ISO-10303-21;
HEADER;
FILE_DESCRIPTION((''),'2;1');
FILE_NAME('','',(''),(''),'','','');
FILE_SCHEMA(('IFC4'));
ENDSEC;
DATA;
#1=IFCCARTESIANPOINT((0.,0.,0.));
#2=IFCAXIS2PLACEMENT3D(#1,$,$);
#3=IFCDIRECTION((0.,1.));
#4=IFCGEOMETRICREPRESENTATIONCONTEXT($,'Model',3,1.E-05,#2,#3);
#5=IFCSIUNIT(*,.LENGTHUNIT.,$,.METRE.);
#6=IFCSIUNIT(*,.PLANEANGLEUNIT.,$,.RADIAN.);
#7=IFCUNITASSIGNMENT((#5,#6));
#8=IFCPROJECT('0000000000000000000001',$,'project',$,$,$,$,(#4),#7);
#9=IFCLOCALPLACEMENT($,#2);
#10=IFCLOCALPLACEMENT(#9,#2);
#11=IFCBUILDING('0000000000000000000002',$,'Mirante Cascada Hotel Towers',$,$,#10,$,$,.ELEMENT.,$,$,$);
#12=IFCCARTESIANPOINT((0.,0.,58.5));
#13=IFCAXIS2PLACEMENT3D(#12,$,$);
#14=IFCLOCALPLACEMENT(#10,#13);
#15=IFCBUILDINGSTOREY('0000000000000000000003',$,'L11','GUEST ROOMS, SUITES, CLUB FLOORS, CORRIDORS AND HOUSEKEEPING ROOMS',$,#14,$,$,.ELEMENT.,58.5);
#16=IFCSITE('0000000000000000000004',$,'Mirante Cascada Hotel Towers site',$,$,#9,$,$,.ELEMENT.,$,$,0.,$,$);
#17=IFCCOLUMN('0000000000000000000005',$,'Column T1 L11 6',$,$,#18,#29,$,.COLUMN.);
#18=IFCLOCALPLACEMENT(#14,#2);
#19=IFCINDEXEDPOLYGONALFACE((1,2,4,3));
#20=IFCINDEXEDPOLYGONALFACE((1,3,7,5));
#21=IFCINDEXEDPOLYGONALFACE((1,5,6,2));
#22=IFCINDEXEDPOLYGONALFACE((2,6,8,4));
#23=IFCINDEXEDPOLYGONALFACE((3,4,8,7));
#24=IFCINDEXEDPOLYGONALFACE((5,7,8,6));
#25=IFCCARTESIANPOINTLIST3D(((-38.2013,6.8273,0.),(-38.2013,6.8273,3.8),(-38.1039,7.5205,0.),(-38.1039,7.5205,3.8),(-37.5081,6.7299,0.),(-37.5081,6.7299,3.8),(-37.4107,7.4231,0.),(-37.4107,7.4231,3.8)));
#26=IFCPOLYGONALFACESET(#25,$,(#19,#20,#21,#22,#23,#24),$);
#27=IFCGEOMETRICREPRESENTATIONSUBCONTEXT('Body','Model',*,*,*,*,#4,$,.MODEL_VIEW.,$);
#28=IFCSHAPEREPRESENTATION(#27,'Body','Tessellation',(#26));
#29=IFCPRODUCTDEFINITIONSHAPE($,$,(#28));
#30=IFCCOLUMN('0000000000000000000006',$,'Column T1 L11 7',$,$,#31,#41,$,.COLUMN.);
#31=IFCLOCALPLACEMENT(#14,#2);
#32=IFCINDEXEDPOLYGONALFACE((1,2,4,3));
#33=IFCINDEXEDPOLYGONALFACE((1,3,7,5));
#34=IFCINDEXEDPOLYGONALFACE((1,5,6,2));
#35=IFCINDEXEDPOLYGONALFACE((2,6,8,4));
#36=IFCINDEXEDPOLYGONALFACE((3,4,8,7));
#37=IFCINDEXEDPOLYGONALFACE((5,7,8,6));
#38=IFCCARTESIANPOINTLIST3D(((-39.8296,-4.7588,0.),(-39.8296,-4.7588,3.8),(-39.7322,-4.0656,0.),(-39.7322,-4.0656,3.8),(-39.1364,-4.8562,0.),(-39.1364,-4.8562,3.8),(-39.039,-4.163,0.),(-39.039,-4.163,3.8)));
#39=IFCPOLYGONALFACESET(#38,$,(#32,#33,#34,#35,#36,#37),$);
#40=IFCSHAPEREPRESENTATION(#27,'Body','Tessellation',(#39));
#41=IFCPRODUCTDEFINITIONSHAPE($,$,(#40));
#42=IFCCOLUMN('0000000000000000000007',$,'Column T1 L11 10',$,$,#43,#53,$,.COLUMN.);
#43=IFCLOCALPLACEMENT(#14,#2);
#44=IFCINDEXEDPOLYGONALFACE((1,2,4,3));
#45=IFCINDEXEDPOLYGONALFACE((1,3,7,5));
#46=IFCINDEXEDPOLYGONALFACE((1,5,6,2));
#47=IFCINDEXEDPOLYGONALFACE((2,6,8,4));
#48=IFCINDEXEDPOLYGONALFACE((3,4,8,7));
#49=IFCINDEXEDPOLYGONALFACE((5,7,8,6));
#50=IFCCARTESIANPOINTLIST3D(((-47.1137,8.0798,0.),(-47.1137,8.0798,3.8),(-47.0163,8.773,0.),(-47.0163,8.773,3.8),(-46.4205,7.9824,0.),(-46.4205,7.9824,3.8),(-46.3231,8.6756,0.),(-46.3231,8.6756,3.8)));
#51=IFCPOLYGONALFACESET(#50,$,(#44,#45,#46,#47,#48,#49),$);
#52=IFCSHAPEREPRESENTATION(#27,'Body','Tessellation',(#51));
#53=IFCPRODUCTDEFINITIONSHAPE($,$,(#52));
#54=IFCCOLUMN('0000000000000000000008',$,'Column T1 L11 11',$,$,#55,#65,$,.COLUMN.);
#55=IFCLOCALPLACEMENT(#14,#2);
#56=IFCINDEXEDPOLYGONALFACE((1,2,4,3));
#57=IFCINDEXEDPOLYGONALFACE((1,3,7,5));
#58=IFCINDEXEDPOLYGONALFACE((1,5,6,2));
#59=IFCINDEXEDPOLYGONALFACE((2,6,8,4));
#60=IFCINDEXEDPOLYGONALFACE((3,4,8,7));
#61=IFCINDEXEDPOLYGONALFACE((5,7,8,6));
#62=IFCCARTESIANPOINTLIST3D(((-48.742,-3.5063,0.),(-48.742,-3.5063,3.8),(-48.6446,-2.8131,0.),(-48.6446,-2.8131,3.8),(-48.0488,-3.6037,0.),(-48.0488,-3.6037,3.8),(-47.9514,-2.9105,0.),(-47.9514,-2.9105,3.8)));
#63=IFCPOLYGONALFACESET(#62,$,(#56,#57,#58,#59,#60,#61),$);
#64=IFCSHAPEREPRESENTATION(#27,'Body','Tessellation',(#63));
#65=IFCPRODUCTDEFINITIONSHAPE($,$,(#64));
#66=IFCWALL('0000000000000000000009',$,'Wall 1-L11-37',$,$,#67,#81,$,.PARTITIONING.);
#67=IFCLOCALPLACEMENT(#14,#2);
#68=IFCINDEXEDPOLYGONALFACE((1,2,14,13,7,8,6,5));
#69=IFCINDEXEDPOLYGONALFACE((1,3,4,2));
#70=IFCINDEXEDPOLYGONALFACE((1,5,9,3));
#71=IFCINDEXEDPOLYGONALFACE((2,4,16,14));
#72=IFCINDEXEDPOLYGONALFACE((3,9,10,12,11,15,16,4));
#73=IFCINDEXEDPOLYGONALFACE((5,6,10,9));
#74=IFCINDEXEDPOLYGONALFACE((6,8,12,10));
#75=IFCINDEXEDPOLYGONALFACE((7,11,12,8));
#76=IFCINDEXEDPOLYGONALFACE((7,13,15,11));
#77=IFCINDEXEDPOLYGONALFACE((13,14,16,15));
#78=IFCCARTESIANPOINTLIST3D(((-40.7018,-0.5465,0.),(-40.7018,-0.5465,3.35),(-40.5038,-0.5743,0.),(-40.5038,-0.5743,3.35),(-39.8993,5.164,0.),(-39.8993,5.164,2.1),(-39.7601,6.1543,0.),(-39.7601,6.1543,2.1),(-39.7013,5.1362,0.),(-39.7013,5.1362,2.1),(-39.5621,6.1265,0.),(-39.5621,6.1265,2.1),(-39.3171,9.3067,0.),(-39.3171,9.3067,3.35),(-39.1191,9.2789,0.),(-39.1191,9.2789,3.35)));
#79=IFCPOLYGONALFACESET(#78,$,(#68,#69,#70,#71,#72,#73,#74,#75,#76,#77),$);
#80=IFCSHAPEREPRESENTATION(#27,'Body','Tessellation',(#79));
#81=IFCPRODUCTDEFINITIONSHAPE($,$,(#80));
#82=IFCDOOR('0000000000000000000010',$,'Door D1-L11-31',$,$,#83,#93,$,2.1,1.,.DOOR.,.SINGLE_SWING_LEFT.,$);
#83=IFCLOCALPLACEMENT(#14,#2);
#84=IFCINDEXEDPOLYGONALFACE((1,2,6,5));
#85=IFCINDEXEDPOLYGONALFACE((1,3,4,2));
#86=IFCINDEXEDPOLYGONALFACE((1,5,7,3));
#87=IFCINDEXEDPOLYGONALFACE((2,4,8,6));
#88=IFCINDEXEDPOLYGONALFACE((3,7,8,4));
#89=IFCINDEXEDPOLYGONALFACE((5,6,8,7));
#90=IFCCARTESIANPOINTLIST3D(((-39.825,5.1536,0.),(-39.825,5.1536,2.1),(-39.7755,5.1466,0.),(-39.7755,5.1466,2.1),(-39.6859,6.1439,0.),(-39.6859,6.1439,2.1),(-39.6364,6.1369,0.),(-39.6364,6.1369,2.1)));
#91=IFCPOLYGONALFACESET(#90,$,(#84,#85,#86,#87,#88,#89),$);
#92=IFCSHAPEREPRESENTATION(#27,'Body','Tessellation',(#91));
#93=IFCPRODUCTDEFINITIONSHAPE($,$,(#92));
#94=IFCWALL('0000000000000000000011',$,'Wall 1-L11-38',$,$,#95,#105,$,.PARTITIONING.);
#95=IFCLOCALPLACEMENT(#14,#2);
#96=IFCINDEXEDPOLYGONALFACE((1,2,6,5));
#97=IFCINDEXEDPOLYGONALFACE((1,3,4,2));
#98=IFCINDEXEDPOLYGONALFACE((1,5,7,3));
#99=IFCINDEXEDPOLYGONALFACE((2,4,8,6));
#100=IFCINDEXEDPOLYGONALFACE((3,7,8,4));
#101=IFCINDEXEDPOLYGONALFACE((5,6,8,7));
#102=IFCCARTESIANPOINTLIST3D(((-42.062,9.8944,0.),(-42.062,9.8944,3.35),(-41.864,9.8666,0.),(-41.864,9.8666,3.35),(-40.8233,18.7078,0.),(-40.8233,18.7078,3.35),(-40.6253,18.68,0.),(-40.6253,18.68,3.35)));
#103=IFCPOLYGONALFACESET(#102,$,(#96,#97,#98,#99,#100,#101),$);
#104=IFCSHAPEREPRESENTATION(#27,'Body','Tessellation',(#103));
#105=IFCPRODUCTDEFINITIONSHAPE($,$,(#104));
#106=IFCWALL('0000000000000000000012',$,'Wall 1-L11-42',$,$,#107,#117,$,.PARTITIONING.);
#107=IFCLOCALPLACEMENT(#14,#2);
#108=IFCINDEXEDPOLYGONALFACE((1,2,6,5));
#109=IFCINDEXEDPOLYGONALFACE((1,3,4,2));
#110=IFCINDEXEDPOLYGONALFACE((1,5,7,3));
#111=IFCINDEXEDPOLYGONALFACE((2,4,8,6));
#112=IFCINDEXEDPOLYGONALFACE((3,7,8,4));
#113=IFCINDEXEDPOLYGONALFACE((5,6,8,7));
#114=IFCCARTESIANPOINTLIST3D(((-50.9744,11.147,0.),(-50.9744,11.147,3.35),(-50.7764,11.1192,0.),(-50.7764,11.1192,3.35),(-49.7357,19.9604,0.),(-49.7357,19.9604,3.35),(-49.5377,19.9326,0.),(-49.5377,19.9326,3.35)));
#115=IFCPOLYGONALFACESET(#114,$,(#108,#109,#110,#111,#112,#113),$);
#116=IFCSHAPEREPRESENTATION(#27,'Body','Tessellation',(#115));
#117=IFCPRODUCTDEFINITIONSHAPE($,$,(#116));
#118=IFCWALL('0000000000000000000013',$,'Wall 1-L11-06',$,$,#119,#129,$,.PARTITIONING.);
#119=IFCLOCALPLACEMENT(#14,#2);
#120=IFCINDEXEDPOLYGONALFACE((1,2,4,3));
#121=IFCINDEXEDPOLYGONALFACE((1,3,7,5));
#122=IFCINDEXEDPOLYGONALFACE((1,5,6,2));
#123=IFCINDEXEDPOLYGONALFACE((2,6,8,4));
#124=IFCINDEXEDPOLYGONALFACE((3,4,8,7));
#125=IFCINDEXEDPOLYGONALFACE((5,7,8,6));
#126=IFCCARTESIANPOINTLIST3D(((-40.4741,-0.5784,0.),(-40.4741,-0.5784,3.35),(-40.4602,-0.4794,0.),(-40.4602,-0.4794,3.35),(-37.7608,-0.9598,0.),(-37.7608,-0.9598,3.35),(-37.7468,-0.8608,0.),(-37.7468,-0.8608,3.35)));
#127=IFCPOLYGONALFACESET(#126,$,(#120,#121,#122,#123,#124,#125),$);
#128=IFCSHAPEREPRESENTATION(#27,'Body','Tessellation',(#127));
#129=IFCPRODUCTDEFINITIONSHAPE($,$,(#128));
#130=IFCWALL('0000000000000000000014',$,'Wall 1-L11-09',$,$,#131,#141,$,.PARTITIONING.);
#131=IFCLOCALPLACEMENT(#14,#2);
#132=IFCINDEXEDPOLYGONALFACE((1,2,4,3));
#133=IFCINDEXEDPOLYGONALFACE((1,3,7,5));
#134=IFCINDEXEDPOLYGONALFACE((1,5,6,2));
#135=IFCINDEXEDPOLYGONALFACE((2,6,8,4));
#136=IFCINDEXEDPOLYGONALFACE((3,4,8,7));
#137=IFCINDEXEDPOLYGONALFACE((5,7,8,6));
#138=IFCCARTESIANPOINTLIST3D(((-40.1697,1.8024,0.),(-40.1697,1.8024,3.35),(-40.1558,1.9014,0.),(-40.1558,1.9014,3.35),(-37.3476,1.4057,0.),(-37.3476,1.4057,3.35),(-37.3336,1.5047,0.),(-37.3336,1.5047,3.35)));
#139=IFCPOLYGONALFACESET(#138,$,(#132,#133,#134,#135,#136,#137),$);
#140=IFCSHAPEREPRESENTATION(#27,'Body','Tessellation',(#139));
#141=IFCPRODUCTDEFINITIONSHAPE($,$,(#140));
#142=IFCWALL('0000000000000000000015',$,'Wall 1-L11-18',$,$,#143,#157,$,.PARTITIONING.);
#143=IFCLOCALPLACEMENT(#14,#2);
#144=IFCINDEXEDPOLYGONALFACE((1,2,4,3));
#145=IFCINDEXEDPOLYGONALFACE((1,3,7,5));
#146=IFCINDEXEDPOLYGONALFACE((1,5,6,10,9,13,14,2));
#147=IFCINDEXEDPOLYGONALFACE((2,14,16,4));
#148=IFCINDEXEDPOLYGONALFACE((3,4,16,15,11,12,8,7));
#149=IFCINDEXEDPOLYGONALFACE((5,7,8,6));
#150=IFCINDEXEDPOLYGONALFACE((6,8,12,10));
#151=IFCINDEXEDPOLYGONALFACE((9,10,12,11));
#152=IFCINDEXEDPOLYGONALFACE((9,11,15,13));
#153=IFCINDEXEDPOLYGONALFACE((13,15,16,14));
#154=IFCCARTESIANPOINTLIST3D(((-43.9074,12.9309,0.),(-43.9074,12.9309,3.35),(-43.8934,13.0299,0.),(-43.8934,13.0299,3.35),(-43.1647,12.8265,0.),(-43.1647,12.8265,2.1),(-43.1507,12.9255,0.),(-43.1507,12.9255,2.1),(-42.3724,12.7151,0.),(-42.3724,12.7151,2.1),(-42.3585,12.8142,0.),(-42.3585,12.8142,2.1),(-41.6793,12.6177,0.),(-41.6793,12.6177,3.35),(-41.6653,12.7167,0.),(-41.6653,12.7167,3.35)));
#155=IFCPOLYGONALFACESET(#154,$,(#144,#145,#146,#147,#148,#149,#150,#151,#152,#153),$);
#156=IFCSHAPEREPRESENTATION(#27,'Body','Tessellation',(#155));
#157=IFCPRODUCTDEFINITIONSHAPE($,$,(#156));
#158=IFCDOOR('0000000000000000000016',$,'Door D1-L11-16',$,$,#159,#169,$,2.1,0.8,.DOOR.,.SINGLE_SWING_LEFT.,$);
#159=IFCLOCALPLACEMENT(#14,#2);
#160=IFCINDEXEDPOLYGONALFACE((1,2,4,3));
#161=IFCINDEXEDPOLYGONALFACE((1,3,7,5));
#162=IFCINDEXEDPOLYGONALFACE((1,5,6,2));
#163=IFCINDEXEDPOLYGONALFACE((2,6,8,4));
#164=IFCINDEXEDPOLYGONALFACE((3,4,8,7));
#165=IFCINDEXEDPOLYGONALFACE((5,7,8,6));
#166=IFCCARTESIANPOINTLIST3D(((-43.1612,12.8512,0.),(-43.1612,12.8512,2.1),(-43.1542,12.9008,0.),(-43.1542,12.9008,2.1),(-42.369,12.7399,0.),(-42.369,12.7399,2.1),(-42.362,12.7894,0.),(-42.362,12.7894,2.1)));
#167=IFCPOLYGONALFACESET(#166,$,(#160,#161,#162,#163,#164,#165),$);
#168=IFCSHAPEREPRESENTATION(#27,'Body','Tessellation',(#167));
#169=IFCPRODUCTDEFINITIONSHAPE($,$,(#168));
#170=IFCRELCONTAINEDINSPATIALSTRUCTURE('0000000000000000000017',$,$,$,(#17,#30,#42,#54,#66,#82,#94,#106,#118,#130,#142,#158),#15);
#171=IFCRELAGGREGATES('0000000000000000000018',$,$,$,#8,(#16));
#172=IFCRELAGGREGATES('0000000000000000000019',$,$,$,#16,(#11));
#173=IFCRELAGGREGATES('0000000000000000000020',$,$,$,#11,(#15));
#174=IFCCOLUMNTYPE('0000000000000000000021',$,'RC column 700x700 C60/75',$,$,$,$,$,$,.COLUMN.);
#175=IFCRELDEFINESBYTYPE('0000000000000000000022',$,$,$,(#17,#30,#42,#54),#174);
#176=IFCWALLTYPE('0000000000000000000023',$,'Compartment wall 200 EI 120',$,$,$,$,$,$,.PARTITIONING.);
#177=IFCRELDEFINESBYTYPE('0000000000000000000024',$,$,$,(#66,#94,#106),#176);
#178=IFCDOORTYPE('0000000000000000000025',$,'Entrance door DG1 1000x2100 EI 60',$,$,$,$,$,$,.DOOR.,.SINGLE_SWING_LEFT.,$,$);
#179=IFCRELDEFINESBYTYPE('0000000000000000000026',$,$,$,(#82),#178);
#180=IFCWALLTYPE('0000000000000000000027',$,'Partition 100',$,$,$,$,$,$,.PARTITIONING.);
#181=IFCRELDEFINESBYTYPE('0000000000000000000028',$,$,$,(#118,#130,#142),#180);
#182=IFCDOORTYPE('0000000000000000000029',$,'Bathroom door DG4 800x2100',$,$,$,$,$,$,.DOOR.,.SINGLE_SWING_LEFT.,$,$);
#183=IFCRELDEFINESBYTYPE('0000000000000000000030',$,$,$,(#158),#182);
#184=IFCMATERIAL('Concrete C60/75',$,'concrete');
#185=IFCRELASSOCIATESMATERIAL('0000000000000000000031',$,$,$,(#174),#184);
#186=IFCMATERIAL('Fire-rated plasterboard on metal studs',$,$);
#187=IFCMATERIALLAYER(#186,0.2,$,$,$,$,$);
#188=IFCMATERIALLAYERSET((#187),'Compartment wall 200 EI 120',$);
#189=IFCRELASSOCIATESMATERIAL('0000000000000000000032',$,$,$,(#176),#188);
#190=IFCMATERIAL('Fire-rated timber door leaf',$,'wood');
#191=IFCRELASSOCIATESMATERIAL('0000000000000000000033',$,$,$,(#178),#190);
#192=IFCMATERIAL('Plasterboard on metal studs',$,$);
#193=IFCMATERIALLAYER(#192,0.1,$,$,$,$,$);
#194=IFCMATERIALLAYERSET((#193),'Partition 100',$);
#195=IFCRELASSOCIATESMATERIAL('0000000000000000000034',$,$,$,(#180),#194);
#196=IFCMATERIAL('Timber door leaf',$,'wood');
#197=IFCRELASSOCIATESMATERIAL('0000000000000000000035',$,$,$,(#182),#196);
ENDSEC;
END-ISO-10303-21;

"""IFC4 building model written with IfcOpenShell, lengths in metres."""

from ifc_helpers import new_model, si_unit, direction, frame, frame_2d, origin, origin_2d, place, context, subcontext, project, spatial, rectangle, extrude, material, layer, layer_set, material_profile, profile_set, type_object, element, fill, save


model = new_model("IFC4")

# Units and contexts
model_context = context("Model", 3, precision=1e-05, world=origin(), true_north=direction((0.0, 1.0)))
body_context = subcontext(model_context, "Body", "Model", "MODEL_VIEW")
ifc_project = project(units=[si_unit("LENGTHUNIT", "METRE"), si_unit("PLANEANGLEUNIT", "RADIAN")], contexts=[model_context])

# Site, building, storey
site_placement = place(None, origin())
site = spatial("IfcSite", under=ifc_project, at=site_placement, Name="Mirante Cascada Hotel Towers site", CompositionType="ELEMENT", RefElevation=0.0)
building_placement = place(site_placement, origin())
building = spatial("IfcBuilding", under=site, at=building_placement, Name="Mirante Cascada Hotel Towers", CompositionType="ELEMENT")
storey_placement = place(building_placement, frame((0.0, 0.0, 58.5)))
storey = spatial("IfcBuildingStorey", under=building, at=storey_placement, Name="L11", Description="GUEST ROOMS, SUITES, CLUB FLOORS, CORRIDORS AND HOUSEKEEPING ROOMS", CompositionType="ELEMENT", Elevation=58.5)

# Columns
ifc_material_1 = material(Name="Concrete C60/75", Category="concrete")
ifc_material_profile = material_profile(ifc_material_1, rectangle(XDim=0.7, YDim=0.7, at=origin_2d()), Name="RC column 700x700 C60/75")
ifc_profile_set = profile_set([ifc_material_profile], Name="Concrete C60/75")
column_type = type_object("IfcColumnType", Name="RC column 700x700 C60/75", PredefinedType="COLUMN", material=ifc_profile_set)
for number, where, z_axis, x_axis, name in (
    (1, (-37.806, 7.1252, 0.0), (0.0, 0.0, 1.0), (-0.990268, 0.139173, 0.0), "Column T1 L11 6"),
    (2, (-39.4343, -4.4609, 0.0), (0.0, 0.0, 1.0), (-0.990268, 0.139173, 0.0), "Column T1 L11 7"),
    (3, (-46.7184, 8.3777, 0.0), (0.0, 0.0, 1.0), (-0.990268, 0.139173, 0.0), "Column T1 L11 10"),
    (4, (-48.3467, -3.2084, 0.0), (0.0, 0.0, 1.0), (-0.990268, 0.139173, 0.0), "Column T1 L11 11"),
):
    element("IfcColumn", number, at=place(storey_placement, frame(where, z_axis=z_axis, x_axis=x_axis)), inside=storey, type_object=column_type, Name=name, PredefinedType="COLUMN", context=body_context, shape_type="SweptSolid", body=[
        extrude(rectangle(XDim=0.7, YDim=0.7, at=origin_2d()), origin(), (0.0, 0.0, 1.0), 3.8),
    ])

# Wall, opening, door
ifc_material_2 = material(Name="Fire-rated plasterboard on metal studs")
ifc_layer_1 = layer(ifc_material_2, 0.2)
ifc_layer_set_1 = layer_set([ifc_layer_1], Name="Compartment wall 200 EI 120")
wall_type_1 = type_object("IfcWallType", Name="Compartment wall 200 EI 120", PredefinedType="PARTITIONING", material=ifc_layer_set_1)
wall_1_placement = place(storey_placement, frame((-39.2181, 9.2928, 0.0), z_axis=(0.0, 0.0, 1.0), x_axis=(-0.139165, -0.990269, 0.0)))
wall_1 = element("IfcWall", 5, at=wall_1_placement, inside=storey, type_object=wall_type_1, Name="Wall 1-L11-37", PredefinedType="PARTITIONING", context=body_context, shape_type="SweptSolid", body=[
    extrude(rectangle(XDim=9.95, YDim=0.2, at=frame_2d((4.975, 0.0))), origin(), (0.0, 0.0, 1.0), 3.35),
])
opening_1_placement = place(wall_1_placement, frame((3.1834, 0.0, 0.0)))
opening_1 = element("IfcOpeningElement", 6, at=opening_1_placement, cuts=wall_1, PredefinedType="OPENING", context=body_context, shape_type="SweptSolid", body=[
    extrude(rectangle(XDim=1.0, YDim=2.1, at=frame_2d((0.5, 1.05))), frame((0.0, 0.1, 0.0), z_axis=(0.0, -1.0, 0.0), x_axis=(1.0, 0.0, 0.0)), (0.0, 0.0, 1.0), 0.2),
])
ifc_material_3 = material(Name="Fire-rated timber door leaf", Category="wood")
door_type_1 = type_object("IfcDoorType", Name="Entrance door DG1 1000x2100 EI 60", OperationType="SINGLE_SWING_LEFT", PredefinedType="DOOR", material=ifc_material_3)
door_1_placement = place(opening_1_placement, origin())
door_1 = element("IfcDoor", 7, at=door_1_placement, inside=storey, type_object=door_type_1, Name="Door D1-L11-31", OperationType="SINGLE_SWING_LEFT", OverallHeight=2.1, OverallWidth=1.0, PredefinedType="DOOR", context=body_context, shape_type="SweptSolid", body=[
    extrude(rectangle(XDim=1.0, YDim=2.1, at=frame_2d((0.5, 1.05))), frame((0.0, 0.025, 0.0), z_axis=(0.0, -1.0, 0.0), x_axis=(1.0, 0.0, 0.0)), (0.0, 0.0, 1.0), 0.05),
])
fill(opening_1, door_1)

# Walls
for number, where, z_axis, x_axis, name in (
    (8, (-41.963, 9.8805, 0.0), (0.0, 0.0, 1.0), (0.139179, 0.990267, 0.0), "Wall 1-L11-38"),
    (9, (-50.8754, 11.1331, 0.0), (0.0, 0.0, 1.0), (0.139179, 0.990267, 0.0), "Wall 1-L11-42"),
):
    element("IfcWall", number, at=place(storey_placement, frame(where, z_axis=z_axis, x_axis=x_axis)), inside=storey, type_object=wall_type_1, Name=name, PredefinedType="PARTITIONING", context=body_context, shape_type="SweptSolid", body=[
        extrude(rectangle(XDim=8.9, YDim=0.2, at=frame_2d((4.45, 0.0))), origin(), (0.0, 0.0, 1.0), 3.35),
    ])
ifc_material_4 = material(Name="Plasterboard on metal studs")
ifc_layer_2 = layer(ifc_material_4, 0.1)
ifc_layer_set_2 = layer_set([ifc_layer_2], Name="Partition 100")
wall_type_2 = type_object("IfcWallType", Name="Partition 100", PredefinedType="PARTITIONING", material=ifc_layer_set_2)
wall_2_placement = place(storey_placement, frame((-37.7538, -0.9103, 0.0), z_axis=(0.0, 0.0, 1.0), x_axis=(-0.990264, 0.139198, 0.0)))
element("IfcWall", 10, at=wall_2_placement, inside=storey, type_object=wall_type_2, Name="Wall 1-L11-06", PredefinedType="PARTITIONING", context=body_context, shape_type="SweptSolid", body=[
    extrude(rectangle(XDim=2.74, YDim=0.1, at=frame_2d((1.37, 0.0))), origin(), (0.0, 0.0, 1.0), 3.35),
])
wall_3_placement = place(storey_placement, frame((-40.1628, 1.8519, 0.0), z_axis=(0.0, 0.0, 1.0), x_axis=(0.990265, -0.139196, 0.0)))
element("IfcWall", 11, at=wall_3_placement, inside=storey, type_object=wall_type_2, Name="Wall 1-L11-09", PredefinedType="PARTITIONING", context=body_context, shape_type="SweptSolid", body=[
    extrude(rectangle(XDim=2.8499, YDim=0.1, at=frame_2d((1.425, 0.0))), origin(), (0.0, 0.0, 1.0), 3.35),
])

# Wall, opening, door
wall_4_placement = place(storey_placement, frame((-41.6723, 12.6672, 0.0), z_axis=(0.0, 0.0, 1.0), x_axis=(-0.990264, 0.1392, 0.0)))
wall_4 = element("IfcWall", 12, at=wall_4_placement, inside=storey, type_object=wall_type_2, Name="Wall 1-L11-18", PredefinedType="PARTITIONING", context=body_context, shape_type="SweptSolid", body=[
    extrude(rectangle(XDim=2.25, YDim=0.1, at=frame_2d((1.125, 0.0))), origin(), (0.0, 0.0, 1.0), 3.35),
])
opening_2_placement = place(wall_4_placement, frame((0.7, 0.0, 0.0)))
opening_2 = element("IfcOpeningElement", 13, at=opening_2_placement, cuts=wall_4, PredefinedType="OPENING", context=body_context, shape_type="SweptSolid", body=[
    extrude(rectangle(XDim=0.8, YDim=2.1, at=frame_2d((0.4, 1.05))), frame((0.0, 0.05, 0.0), z_axis=(0.0, -1.0, 0.0), x_axis=(1.0, 0.0, 0.0)), (0.0, 0.0, 1.0), 0.1),
])
ifc_material_5 = material(Name="Timber door leaf", Category="wood")
door_type_2 = type_object("IfcDoorType", Name="Bathroom door DG4 800x2100", OperationType="SINGLE_SWING_LEFT", PredefinedType="DOOR", material=ifc_material_5)
door_2_placement = place(opening_2_placement, origin())
door_2 = element("IfcDoor", 14, at=door_2_placement, inside=storey, type_object=door_type_2, Name="Door D1-L11-16", OperationType="SINGLE_SWING_LEFT", OverallHeight=2.1, OverallWidth=0.8, PredefinedType="DOOR", context=body_context, shape_type="SweptSolid", body=[
    extrude(rectangle(XDim=0.8, YDim=2.1, at=frame_2d((0.4, 1.05))), frame((0.0, 0.025, 0.0), z_axis=(0.0, -1.0, 0.0), x_axis=(1.0, 0.0, 0.0)), (0.0, 0.0, 1.0), 0.05),
])
fill(opening_2, door_2)

save(model, "model.ifc")
